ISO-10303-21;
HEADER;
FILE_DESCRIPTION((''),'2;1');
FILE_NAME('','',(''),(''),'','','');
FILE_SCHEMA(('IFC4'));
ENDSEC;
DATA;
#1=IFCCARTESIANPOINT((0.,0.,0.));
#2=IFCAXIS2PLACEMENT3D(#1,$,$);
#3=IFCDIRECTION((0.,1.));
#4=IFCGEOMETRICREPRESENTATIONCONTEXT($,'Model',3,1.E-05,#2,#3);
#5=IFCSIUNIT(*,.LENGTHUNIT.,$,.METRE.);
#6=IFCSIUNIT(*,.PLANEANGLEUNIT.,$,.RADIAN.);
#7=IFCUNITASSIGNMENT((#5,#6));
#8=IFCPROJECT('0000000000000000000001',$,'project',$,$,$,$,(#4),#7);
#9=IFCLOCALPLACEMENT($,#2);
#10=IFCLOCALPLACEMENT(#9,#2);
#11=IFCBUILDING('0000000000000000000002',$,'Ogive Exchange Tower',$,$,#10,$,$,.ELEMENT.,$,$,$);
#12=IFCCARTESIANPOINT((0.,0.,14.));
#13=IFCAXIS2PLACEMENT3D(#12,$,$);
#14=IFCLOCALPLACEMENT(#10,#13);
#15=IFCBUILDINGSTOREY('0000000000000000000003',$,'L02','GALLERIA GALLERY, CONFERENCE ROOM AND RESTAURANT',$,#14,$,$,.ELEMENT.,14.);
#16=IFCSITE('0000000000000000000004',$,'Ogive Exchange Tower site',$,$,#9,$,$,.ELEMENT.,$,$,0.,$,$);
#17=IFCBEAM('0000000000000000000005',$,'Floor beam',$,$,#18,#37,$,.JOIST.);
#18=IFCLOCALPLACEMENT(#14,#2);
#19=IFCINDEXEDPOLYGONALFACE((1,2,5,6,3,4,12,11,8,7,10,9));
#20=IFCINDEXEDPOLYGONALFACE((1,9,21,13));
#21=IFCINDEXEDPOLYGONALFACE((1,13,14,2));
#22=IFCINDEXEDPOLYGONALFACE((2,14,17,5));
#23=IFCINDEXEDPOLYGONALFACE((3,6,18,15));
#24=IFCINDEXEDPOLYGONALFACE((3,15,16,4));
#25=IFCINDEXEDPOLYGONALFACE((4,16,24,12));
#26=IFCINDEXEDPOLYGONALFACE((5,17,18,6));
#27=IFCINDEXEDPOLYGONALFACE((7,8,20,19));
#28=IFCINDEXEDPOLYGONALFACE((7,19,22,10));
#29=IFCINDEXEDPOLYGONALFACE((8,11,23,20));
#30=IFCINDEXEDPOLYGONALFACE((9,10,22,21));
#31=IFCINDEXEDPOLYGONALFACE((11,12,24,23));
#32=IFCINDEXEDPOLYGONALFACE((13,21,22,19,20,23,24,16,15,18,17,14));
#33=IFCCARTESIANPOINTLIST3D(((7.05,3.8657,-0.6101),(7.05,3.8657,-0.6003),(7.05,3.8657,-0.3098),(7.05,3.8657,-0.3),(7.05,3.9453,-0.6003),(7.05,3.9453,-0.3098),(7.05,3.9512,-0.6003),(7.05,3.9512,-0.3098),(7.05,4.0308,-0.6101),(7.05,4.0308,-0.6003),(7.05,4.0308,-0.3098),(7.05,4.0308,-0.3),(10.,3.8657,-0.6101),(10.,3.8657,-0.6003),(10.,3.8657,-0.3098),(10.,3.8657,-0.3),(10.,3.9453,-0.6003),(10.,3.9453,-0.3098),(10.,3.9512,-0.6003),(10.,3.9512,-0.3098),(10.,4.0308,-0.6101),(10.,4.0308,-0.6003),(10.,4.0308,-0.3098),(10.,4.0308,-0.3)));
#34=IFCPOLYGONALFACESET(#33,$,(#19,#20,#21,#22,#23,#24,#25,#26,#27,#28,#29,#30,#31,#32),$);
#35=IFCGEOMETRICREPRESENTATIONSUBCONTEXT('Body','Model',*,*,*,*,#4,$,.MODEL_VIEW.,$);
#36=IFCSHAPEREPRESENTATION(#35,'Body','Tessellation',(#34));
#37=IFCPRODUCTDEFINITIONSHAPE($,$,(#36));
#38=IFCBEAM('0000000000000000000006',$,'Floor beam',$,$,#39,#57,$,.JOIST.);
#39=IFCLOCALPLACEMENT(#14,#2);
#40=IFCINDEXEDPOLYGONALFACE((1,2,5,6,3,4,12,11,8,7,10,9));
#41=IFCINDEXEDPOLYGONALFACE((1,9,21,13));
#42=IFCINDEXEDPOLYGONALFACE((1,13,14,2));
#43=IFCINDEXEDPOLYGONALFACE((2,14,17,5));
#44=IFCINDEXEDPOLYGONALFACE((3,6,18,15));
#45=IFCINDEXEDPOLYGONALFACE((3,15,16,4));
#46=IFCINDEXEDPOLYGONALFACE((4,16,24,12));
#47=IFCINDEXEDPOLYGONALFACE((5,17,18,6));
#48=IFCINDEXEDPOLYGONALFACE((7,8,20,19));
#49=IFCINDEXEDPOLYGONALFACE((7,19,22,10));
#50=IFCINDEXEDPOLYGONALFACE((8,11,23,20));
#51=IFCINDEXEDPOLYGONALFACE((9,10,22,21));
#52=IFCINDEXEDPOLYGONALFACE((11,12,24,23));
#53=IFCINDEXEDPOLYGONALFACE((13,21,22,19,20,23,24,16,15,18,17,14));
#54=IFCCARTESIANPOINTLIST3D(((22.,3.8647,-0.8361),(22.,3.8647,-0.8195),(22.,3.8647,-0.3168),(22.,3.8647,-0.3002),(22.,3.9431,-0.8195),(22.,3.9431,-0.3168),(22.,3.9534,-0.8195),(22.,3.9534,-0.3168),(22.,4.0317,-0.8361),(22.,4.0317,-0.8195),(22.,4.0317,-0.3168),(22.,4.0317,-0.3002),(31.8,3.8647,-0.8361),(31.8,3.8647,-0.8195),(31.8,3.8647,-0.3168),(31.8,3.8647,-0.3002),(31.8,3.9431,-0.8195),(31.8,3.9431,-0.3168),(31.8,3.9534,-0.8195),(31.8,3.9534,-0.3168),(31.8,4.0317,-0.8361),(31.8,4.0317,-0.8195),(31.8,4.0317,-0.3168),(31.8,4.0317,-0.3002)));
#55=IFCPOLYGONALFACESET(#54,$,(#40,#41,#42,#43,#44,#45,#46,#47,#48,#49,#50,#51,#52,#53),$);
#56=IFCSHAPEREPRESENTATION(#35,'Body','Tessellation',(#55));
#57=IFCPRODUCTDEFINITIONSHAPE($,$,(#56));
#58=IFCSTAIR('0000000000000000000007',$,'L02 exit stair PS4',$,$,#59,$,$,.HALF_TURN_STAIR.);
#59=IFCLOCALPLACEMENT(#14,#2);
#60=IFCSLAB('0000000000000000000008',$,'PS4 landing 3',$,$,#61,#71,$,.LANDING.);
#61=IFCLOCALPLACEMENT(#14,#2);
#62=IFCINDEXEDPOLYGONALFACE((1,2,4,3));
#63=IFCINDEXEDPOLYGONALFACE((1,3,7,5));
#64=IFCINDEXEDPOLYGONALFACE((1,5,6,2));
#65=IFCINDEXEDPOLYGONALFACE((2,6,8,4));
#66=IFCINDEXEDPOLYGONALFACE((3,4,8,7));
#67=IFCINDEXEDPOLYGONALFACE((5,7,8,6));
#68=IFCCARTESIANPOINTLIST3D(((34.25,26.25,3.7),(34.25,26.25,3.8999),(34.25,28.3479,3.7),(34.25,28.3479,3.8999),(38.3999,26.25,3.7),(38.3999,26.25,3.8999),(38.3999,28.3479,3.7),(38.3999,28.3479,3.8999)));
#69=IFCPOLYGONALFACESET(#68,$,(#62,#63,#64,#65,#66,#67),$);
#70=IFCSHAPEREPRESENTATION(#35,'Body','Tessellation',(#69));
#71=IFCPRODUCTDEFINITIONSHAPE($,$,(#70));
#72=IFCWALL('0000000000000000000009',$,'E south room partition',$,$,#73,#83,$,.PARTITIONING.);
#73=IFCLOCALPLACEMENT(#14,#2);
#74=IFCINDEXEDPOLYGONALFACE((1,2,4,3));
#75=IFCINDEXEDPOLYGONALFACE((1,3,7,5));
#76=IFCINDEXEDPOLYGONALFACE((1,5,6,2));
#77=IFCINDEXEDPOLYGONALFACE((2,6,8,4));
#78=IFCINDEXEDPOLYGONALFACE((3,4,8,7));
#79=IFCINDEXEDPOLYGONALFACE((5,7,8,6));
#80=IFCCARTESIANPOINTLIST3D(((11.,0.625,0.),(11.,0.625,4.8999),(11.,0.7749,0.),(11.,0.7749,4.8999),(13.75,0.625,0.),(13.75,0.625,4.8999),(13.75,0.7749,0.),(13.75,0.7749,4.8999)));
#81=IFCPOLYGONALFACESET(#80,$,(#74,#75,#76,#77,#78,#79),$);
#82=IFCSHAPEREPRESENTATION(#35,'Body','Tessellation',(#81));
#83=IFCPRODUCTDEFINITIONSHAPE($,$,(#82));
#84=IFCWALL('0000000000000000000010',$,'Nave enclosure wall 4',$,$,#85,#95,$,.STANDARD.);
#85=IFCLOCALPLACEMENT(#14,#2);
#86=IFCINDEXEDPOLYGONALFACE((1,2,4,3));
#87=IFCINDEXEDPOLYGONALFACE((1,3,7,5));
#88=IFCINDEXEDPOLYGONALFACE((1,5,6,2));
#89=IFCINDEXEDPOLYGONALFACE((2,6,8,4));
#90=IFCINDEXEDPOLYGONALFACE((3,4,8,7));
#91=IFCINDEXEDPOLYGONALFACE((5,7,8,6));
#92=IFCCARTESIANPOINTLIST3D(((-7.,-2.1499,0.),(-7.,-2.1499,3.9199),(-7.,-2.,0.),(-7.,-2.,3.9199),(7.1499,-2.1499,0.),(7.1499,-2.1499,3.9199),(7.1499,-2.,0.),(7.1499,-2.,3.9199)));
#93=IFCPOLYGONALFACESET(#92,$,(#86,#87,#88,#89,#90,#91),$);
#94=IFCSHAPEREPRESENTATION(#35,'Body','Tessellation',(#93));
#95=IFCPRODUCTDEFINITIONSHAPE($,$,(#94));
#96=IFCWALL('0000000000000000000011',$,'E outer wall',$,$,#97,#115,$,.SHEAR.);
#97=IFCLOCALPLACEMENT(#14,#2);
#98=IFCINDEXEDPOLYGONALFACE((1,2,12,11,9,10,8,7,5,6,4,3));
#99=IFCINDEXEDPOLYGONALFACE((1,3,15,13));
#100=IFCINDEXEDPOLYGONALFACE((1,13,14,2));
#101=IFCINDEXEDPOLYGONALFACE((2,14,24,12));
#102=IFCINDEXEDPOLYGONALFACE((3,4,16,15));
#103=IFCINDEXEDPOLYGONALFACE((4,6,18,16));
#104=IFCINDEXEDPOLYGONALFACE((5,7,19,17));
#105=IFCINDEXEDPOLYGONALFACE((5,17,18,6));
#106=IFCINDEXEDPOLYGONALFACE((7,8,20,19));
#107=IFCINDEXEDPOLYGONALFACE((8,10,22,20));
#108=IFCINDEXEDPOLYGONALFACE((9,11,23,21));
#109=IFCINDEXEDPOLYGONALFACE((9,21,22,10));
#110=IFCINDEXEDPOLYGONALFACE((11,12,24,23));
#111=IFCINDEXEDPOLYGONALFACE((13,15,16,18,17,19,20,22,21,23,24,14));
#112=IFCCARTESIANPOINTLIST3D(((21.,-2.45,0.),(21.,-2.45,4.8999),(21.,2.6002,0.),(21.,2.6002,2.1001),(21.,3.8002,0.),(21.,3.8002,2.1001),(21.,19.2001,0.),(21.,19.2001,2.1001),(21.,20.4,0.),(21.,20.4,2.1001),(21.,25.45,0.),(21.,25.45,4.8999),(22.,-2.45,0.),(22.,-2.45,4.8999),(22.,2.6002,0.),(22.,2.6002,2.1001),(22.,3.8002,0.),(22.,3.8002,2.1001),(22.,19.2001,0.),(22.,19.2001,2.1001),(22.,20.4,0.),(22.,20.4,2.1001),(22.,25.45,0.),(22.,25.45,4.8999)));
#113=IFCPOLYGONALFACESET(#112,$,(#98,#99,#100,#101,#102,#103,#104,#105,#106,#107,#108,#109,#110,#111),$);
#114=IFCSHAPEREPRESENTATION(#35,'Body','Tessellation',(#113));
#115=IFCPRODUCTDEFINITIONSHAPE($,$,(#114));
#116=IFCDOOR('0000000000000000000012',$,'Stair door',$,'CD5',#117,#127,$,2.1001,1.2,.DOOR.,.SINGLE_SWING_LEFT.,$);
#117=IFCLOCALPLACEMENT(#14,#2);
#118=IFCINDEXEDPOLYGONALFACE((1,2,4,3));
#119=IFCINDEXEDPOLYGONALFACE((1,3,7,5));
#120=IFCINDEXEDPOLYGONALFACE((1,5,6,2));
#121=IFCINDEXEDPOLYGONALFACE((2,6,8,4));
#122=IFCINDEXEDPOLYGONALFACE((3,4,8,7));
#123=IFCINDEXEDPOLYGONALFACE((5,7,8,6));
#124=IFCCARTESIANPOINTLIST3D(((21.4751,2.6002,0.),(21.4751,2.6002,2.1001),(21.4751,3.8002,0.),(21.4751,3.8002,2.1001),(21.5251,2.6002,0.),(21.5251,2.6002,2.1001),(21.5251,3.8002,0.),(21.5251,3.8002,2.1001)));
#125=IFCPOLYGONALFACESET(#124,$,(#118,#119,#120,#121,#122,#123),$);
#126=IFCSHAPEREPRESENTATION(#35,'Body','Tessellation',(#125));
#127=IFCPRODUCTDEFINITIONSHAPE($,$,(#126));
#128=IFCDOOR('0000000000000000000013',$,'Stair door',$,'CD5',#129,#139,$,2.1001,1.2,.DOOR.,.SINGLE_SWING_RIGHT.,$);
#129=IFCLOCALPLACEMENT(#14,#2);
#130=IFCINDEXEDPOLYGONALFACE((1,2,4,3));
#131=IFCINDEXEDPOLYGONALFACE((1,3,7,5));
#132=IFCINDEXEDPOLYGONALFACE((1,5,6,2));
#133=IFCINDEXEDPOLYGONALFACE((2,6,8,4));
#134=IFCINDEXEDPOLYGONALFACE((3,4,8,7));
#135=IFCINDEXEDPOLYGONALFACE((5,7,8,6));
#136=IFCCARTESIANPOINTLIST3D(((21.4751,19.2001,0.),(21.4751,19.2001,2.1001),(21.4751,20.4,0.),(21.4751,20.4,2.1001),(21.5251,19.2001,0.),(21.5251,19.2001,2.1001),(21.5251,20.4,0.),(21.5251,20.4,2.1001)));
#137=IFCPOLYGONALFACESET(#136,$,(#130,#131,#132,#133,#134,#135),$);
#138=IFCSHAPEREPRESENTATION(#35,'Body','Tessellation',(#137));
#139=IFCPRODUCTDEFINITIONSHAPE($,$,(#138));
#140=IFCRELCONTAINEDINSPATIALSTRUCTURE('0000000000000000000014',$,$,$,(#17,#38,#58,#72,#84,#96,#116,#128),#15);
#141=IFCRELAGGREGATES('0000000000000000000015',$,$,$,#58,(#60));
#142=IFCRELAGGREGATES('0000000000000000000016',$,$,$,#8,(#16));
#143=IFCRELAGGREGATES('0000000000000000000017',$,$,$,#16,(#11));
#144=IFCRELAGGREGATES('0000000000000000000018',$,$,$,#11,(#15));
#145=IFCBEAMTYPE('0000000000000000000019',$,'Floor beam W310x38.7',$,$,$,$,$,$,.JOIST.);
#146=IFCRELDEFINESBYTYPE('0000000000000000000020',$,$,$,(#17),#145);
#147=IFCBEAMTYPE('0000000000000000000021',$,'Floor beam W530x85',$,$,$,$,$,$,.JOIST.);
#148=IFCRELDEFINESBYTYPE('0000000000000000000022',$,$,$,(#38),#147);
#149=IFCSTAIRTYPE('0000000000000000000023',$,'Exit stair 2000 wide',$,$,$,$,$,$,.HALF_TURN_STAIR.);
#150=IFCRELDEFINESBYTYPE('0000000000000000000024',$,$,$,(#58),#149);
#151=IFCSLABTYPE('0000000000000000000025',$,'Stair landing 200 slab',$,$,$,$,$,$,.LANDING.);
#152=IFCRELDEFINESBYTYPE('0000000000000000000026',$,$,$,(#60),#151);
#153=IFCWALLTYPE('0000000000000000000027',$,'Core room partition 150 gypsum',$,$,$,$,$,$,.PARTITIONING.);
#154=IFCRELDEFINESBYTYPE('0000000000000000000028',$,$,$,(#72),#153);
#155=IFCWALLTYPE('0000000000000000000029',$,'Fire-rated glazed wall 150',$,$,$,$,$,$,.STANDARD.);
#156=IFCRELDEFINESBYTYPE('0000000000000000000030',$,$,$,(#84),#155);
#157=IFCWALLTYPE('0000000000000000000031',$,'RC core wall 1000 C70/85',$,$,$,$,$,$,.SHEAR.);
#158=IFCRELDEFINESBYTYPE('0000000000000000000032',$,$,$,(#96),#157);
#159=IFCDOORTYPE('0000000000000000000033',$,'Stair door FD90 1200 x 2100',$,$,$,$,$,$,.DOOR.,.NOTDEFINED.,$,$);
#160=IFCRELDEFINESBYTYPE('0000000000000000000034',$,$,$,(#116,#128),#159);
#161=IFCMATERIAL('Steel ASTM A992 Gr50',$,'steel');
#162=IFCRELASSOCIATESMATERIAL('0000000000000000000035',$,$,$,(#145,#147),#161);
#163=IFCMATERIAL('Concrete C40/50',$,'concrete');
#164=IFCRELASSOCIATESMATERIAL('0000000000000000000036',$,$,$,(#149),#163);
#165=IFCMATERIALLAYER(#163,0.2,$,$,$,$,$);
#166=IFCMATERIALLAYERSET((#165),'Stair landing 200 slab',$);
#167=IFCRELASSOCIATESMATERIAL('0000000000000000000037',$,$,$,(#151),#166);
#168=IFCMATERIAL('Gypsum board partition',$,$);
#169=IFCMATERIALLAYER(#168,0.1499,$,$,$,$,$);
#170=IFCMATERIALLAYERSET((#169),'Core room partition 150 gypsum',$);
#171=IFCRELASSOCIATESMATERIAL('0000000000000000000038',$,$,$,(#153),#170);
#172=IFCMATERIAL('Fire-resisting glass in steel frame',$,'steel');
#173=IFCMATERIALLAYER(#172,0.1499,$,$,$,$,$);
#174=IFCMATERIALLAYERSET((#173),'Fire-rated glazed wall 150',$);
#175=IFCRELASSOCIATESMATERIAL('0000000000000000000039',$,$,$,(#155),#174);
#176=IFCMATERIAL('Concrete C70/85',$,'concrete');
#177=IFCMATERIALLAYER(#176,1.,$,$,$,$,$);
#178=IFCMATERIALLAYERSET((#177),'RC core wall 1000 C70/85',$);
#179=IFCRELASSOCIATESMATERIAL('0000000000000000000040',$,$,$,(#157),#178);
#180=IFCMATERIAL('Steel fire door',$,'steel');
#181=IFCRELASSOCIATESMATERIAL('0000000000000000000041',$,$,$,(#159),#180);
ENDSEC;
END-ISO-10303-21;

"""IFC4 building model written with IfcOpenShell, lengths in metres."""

from ifc_helpers import new_model, si_unit, direction, frame, frame_2d, origin, origin_2d, place, context, subcontext, project, spatial, polyline, rectangle, i_section, outline, extrude, material, layer, layer_set, material_profile, profile_set, type_object, element, fill, aggregate, save


model = new_model("IFC4")

# Units and contexts
model_context = context("Model", 3, precision=1e-05, world=origin(), true_north=direction((0.0, 1.0)))
body_context = subcontext(model_context, "Body", "Model", "MODEL_VIEW")
ifc_project = project(units=[si_unit("LENGTHUNIT", "METRE"), si_unit("PLANEANGLEUNIT", "RADIAN")], contexts=[model_context])

# Site, building, storey
site_placement = place(None, origin())
site = spatial("IfcSite", under=ifc_project, at=site_placement, Name="Ogive Exchange Tower site", CompositionType="ELEMENT", RefElevation=0.0)
building_placement = place(site_placement, origin())
building = spatial("IfcBuilding", under=site, at=building_placement, Name="Ogive Exchange Tower", CompositionType="ELEMENT")
storey_placement = place(building_placement, frame((0.0, 0.0, 14.0)))
storey = spatial("IfcBuildingStorey", under=building, at=storey_placement, Name="L02", Description="GALLERIA GALLERY, CONFERENCE ROOM AND RESTAURANT", CompositionType="ELEMENT", Elevation=14.0)

# Beams
ifc_material_1 = material(Name="Steel ASTM A992 Gr50", Category="steel")
ifc_material_profile_1 = material_profile(ifc_material_1, i_section(OverallWidth=0.165, OverallDepth=0.3101, WebThickness=0.0059, FlangeThickness=0.0098, at=origin_2d()), Name="W310x38.7")
ifc_profile_set_1 = profile_set([ifc_material_profile_1], Name="Steel ASTM A992 Gr50")
beam_type_1 = type_object("IfcBeamType", Name="Floor beam W310x38.7", PredefinedType="JOIST", material=ifc_profile_set_1)
beam_1_placement = place(storey_placement, frame((7.05, 3.9482, -0.4551), z_axis=(1.0, 0.0, 0.0), x_axis=(0.0, 1.0, 0.0)))
element("IfcBeam", 1, at=beam_1_placement, inside=storey, type_object=beam_type_1, Name="Floor beam", PredefinedType="JOIST", context=body_context, shape_type="SweptSolid", body=[
    extrude(i_section(OverallWidth=0.165, OverallDepth=0.3101, WebThickness=0.0059, FlangeThickness=0.0098, at=origin_2d()), origin(), (0.0, 0.0, 1.0), 2.95),
])
ifc_material_profile_2 = material_profile(ifc_material_1, i_section(OverallWidth=0.167, OverallDepth=0.5359, WebThickness=0.0103, FlangeThickness=0.0166, at=origin_2d()), Name="W530x85")
ifc_profile_set_2 = profile_set([ifc_material_profile_2], Name="Steel ASTM A992 Gr50")
beam_type_2 = type_object("IfcBeamType", Name="Floor beam W530x85", PredefinedType="JOIST", material=ifc_profile_set_2)
beam_2_placement = place(storey_placement, frame((22.0, 3.9482, -0.5681), z_axis=(1.0, 0.0, 0.0), x_axis=(0.0, 1.0, 0.0)))
element("IfcBeam", 2, at=beam_2_placement, inside=storey, type_object=beam_type_2, Name="Floor beam", PredefinedType="JOIST", context=body_context, shape_type="SweptSolid", body=[
    extrude(i_section(OverallWidth=0.167, OverallDepth=0.5359, WebThickness=0.0103, FlangeThickness=0.0166, at=origin_2d()), origin(), (0.0, 0.0, 1.0), 9.8),
])

# Stair, slab
ifc_material_2 = material(Name="Concrete C40/50", Category="concrete")
stair_type_1 = type_object("IfcStairType", Name="Exit stair 2000 wide", PredefinedType="HALF_TURN_STAIR", material=ifc_material_2)
stair_1_placement = place(storey_placement, origin())
stair_1 = element("IfcStair", 3, at=stair_1_placement, inside=storey, type_object=stair_type_1, Name="L02 exit stair PS4", PredefinedType="HALF_TURN_STAIR")
ifc_layer_1 = layer(ifc_material_2, 0.2)
ifc_layer_set_1 = layer_set([ifc_layer_1], Name="Stair landing 200 slab")
slab_type = type_object("IfcSlabType", Name="Stair landing 200 slab", PredefinedType="LANDING", material=ifc_layer_set_1)
slab_placement = place(storey_placement, frame((0.0, 0.0, 3.7)))
slab = element("IfcSlab", 4, at=slab_placement, type_object=slab_type, Name="PS4 landing 3", PredefinedType="LANDING", context=body_context, shape_type="SweptSolid", body=[
    extrude(outline(polyline([(34.25, 28.3479), (34.25, 26.25), (38.3999, 26.25), (38.3999, 28.3479), (34.25, 28.3479)])), origin(), (0.0, 0.0, 1.0), 0.2),
])
aggregate(stair_1, [slab])

# Walls
ifc_material_3 = material(Name="Gypsum board partition")
ifc_layer_2 = layer(ifc_material_3, 0.1499)
ifc_layer_set_2 = layer_set([ifc_layer_2], Name="Core room partition 150 gypsum")
wall_type_1 = type_object("IfcWallType", Name="Core room partition 150 gypsum", PredefinedType="PARTITIONING", material=ifc_layer_set_2)
wall_1_placement = place(storey_placement, frame((11.0, 0.7, 0.0), z_axis=(0.0, 0.0, 1.0), x_axis=(1.0, 0.0, 0.0)))
element("IfcWall", 5, at=wall_1_placement, inside=storey, type_object=wall_type_1, Name="E south room partition", PredefinedType="PARTITIONING", context=body_context, shape_type="SweptSolid", body=[
    extrude(rectangle(XDim=2.75, YDim=0.1499, at=frame_2d((1.375, 0.0))), origin(), (0.0, 0.0, 1.0), 4.8999),
])
ifc_material_4 = material(Name="Fire-resisting glass in steel frame", Category="steel")
ifc_layer_3 = layer(ifc_material_4, 0.1499)
ifc_layer_set_3 = layer_set([ifc_layer_3], Name="Fire-rated glazed wall 150")
wall_type_2 = type_object("IfcWallType", Name="Fire-rated glazed wall 150", PredefinedType="STANDARD", material=ifc_layer_set_3)
wall_2_placement = place(storey_placement, frame((7.1499, -2.075, 0.0), z_axis=(0.0, 0.0, 1.0), x_axis=(-1.0, 0.0, 0.0)))
element("IfcWall", 6, at=wall_2_placement, inside=storey, type_object=wall_type_2, Name="Nave enclosure wall 4", PredefinedType="STANDARD", context=body_context, shape_type="SweptSolid", body=[
    extrude(rectangle(XDim=14.1499, YDim=0.1499, at=frame_2d((7.075, 0.0))), origin(), (0.0, 0.0, 1.0), 3.9199),
])

# Wall, openings, doors
ifc_material_5 = material(Name="Concrete C70/85", Category="concrete")
ifc_layer_4 = layer(ifc_material_5, 1.0)
ifc_layer_set_4 = layer_set([ifc_layer_4], Name="RC core wall 1000 C70/85")
wall_type_3 = type_object("IfcWallType", Name="RC core wall 1000 C70/85", PredefinedType="SHEAR", material=ifc_layer_set_4)
wall_3_placement = place(storey_placement, frame((21.5, -2.45, 0.0), z_axis=(0.0, 0.0, 1.0), x_axis=(0.0, 1.0, 0.0)))
wall_3 = element("IfcWall", 7, at=wall_3_placement, inside=storey, type_object=wall_type_3, Name="E outer wall", PredefinedType="SHEAR", context=body_context, shape_type="SweptSolid", body=[
    extrude(rectangle(XDim=27.8999, YDim=1.0, at=frame_2d((13.95, 0.0))), origin(), (0.0, 0.0, 1.0), 4.8999),
])
opening_1_placement = place(wall_3_placement, frame((5.05, 0.0, 0.0)))
opening_1 = element("IfcOpeningElement", 8, at=opening_1_placement, cuts=wall_3, PredefinedType="OPENING", context=body_context, shape_type="SweptSolid", body=[
    extrude(rectangle(XDim=1.2, YDim=2.1001, at=frame_2d((0.6001, 1.05))), frame((0.0, 0.51, 0.0), z_axis=(0.0, -1.0, 0.0), x_axis=(1.0, 0.0, 0.0)), (0.0, 0.0, 1.0), 1.02),
])
opening_2_placement = place(wall_3_placement, frame((21.6499, 0.0, 0.0)))
opening_2 = element("IfcOpeningElement", 9, at=opening_2_placement, cuts=wall_3, PredefinedType="OPENING", context=body_context, shape_type="SweptSolid", body=[
    extrude(rectangle(XDim=1.2, YDim=2.1001, at=frame_2d((0.6001, 1.05))), frame((0.0, 0.51, 0.0), z_axis=(0.0, -1.0, 0.0), x_axis=(1.0, 0.0, 0.0)), (0.0, 0.0, 1.0), 1.02),
])
ifc_material_6 = material(Name="Steel fire door", Category="steel")
door_type_1 = type_object("IfcDoorType", Name="Stair door FD90 1200 x 2100", OperationType="NOTDEFINED", PredefinedType="DOOR", material=ifc_material_6)
door_1_placement = place(opening_1_placement, origin())
door_1 = element("IfcDoor", 10, at=door_1_placement, inside=storey, type_object=door_type_1, Name="Stair door", ObjectType="CD5", OperationType="SINGLE_SWING_LEFT", OverallHeight=2.1001, OverallWidth=1.2, PredefinedType="DOOR", context=body_context, shape_type="SweptSolid", body=[
    extrude(rectangle(XDim=1.2, YDim=2.1001, at=frame_2d((0.6001, 1.05))), frame((0.0, 0.0249, 0.0), z_axis=(0.0, -1.0, 0.0), x_axis=(1.0, 0.0, 0.0)), (0.0, 0.0, 1.0), 0.05),
])
fill(opening_1, door_1)
door_2_placement = place(opening_2_placement, origin())
door_2 = element("IfcDoor", 11, at=door_2_placement, inside=storey, type_object=door_type_1, Name="Stair door", ObjectType="CD5", OperationType="SINGLE_SWING_RIGHT", OverallHeight=2.1001, OverallWidth=1.2, PredefinedType="DOOR", context=body_context, shape_type="SweptSolid", body=[
    extrude(rectangle(XDim=1.2, YDim=2.1001, at=frame_2d((0.6001, 1.05))), frame((0.0, 0.0249, 0.0), z_axis=(0.0, -1.0, 0.0), x_axis=(1.0, 0.0, 0.0)), (0.0, 0.0, 1.0), 0.05),
])
fill(opening_2, door_2)

save(model, "model.ifc")
